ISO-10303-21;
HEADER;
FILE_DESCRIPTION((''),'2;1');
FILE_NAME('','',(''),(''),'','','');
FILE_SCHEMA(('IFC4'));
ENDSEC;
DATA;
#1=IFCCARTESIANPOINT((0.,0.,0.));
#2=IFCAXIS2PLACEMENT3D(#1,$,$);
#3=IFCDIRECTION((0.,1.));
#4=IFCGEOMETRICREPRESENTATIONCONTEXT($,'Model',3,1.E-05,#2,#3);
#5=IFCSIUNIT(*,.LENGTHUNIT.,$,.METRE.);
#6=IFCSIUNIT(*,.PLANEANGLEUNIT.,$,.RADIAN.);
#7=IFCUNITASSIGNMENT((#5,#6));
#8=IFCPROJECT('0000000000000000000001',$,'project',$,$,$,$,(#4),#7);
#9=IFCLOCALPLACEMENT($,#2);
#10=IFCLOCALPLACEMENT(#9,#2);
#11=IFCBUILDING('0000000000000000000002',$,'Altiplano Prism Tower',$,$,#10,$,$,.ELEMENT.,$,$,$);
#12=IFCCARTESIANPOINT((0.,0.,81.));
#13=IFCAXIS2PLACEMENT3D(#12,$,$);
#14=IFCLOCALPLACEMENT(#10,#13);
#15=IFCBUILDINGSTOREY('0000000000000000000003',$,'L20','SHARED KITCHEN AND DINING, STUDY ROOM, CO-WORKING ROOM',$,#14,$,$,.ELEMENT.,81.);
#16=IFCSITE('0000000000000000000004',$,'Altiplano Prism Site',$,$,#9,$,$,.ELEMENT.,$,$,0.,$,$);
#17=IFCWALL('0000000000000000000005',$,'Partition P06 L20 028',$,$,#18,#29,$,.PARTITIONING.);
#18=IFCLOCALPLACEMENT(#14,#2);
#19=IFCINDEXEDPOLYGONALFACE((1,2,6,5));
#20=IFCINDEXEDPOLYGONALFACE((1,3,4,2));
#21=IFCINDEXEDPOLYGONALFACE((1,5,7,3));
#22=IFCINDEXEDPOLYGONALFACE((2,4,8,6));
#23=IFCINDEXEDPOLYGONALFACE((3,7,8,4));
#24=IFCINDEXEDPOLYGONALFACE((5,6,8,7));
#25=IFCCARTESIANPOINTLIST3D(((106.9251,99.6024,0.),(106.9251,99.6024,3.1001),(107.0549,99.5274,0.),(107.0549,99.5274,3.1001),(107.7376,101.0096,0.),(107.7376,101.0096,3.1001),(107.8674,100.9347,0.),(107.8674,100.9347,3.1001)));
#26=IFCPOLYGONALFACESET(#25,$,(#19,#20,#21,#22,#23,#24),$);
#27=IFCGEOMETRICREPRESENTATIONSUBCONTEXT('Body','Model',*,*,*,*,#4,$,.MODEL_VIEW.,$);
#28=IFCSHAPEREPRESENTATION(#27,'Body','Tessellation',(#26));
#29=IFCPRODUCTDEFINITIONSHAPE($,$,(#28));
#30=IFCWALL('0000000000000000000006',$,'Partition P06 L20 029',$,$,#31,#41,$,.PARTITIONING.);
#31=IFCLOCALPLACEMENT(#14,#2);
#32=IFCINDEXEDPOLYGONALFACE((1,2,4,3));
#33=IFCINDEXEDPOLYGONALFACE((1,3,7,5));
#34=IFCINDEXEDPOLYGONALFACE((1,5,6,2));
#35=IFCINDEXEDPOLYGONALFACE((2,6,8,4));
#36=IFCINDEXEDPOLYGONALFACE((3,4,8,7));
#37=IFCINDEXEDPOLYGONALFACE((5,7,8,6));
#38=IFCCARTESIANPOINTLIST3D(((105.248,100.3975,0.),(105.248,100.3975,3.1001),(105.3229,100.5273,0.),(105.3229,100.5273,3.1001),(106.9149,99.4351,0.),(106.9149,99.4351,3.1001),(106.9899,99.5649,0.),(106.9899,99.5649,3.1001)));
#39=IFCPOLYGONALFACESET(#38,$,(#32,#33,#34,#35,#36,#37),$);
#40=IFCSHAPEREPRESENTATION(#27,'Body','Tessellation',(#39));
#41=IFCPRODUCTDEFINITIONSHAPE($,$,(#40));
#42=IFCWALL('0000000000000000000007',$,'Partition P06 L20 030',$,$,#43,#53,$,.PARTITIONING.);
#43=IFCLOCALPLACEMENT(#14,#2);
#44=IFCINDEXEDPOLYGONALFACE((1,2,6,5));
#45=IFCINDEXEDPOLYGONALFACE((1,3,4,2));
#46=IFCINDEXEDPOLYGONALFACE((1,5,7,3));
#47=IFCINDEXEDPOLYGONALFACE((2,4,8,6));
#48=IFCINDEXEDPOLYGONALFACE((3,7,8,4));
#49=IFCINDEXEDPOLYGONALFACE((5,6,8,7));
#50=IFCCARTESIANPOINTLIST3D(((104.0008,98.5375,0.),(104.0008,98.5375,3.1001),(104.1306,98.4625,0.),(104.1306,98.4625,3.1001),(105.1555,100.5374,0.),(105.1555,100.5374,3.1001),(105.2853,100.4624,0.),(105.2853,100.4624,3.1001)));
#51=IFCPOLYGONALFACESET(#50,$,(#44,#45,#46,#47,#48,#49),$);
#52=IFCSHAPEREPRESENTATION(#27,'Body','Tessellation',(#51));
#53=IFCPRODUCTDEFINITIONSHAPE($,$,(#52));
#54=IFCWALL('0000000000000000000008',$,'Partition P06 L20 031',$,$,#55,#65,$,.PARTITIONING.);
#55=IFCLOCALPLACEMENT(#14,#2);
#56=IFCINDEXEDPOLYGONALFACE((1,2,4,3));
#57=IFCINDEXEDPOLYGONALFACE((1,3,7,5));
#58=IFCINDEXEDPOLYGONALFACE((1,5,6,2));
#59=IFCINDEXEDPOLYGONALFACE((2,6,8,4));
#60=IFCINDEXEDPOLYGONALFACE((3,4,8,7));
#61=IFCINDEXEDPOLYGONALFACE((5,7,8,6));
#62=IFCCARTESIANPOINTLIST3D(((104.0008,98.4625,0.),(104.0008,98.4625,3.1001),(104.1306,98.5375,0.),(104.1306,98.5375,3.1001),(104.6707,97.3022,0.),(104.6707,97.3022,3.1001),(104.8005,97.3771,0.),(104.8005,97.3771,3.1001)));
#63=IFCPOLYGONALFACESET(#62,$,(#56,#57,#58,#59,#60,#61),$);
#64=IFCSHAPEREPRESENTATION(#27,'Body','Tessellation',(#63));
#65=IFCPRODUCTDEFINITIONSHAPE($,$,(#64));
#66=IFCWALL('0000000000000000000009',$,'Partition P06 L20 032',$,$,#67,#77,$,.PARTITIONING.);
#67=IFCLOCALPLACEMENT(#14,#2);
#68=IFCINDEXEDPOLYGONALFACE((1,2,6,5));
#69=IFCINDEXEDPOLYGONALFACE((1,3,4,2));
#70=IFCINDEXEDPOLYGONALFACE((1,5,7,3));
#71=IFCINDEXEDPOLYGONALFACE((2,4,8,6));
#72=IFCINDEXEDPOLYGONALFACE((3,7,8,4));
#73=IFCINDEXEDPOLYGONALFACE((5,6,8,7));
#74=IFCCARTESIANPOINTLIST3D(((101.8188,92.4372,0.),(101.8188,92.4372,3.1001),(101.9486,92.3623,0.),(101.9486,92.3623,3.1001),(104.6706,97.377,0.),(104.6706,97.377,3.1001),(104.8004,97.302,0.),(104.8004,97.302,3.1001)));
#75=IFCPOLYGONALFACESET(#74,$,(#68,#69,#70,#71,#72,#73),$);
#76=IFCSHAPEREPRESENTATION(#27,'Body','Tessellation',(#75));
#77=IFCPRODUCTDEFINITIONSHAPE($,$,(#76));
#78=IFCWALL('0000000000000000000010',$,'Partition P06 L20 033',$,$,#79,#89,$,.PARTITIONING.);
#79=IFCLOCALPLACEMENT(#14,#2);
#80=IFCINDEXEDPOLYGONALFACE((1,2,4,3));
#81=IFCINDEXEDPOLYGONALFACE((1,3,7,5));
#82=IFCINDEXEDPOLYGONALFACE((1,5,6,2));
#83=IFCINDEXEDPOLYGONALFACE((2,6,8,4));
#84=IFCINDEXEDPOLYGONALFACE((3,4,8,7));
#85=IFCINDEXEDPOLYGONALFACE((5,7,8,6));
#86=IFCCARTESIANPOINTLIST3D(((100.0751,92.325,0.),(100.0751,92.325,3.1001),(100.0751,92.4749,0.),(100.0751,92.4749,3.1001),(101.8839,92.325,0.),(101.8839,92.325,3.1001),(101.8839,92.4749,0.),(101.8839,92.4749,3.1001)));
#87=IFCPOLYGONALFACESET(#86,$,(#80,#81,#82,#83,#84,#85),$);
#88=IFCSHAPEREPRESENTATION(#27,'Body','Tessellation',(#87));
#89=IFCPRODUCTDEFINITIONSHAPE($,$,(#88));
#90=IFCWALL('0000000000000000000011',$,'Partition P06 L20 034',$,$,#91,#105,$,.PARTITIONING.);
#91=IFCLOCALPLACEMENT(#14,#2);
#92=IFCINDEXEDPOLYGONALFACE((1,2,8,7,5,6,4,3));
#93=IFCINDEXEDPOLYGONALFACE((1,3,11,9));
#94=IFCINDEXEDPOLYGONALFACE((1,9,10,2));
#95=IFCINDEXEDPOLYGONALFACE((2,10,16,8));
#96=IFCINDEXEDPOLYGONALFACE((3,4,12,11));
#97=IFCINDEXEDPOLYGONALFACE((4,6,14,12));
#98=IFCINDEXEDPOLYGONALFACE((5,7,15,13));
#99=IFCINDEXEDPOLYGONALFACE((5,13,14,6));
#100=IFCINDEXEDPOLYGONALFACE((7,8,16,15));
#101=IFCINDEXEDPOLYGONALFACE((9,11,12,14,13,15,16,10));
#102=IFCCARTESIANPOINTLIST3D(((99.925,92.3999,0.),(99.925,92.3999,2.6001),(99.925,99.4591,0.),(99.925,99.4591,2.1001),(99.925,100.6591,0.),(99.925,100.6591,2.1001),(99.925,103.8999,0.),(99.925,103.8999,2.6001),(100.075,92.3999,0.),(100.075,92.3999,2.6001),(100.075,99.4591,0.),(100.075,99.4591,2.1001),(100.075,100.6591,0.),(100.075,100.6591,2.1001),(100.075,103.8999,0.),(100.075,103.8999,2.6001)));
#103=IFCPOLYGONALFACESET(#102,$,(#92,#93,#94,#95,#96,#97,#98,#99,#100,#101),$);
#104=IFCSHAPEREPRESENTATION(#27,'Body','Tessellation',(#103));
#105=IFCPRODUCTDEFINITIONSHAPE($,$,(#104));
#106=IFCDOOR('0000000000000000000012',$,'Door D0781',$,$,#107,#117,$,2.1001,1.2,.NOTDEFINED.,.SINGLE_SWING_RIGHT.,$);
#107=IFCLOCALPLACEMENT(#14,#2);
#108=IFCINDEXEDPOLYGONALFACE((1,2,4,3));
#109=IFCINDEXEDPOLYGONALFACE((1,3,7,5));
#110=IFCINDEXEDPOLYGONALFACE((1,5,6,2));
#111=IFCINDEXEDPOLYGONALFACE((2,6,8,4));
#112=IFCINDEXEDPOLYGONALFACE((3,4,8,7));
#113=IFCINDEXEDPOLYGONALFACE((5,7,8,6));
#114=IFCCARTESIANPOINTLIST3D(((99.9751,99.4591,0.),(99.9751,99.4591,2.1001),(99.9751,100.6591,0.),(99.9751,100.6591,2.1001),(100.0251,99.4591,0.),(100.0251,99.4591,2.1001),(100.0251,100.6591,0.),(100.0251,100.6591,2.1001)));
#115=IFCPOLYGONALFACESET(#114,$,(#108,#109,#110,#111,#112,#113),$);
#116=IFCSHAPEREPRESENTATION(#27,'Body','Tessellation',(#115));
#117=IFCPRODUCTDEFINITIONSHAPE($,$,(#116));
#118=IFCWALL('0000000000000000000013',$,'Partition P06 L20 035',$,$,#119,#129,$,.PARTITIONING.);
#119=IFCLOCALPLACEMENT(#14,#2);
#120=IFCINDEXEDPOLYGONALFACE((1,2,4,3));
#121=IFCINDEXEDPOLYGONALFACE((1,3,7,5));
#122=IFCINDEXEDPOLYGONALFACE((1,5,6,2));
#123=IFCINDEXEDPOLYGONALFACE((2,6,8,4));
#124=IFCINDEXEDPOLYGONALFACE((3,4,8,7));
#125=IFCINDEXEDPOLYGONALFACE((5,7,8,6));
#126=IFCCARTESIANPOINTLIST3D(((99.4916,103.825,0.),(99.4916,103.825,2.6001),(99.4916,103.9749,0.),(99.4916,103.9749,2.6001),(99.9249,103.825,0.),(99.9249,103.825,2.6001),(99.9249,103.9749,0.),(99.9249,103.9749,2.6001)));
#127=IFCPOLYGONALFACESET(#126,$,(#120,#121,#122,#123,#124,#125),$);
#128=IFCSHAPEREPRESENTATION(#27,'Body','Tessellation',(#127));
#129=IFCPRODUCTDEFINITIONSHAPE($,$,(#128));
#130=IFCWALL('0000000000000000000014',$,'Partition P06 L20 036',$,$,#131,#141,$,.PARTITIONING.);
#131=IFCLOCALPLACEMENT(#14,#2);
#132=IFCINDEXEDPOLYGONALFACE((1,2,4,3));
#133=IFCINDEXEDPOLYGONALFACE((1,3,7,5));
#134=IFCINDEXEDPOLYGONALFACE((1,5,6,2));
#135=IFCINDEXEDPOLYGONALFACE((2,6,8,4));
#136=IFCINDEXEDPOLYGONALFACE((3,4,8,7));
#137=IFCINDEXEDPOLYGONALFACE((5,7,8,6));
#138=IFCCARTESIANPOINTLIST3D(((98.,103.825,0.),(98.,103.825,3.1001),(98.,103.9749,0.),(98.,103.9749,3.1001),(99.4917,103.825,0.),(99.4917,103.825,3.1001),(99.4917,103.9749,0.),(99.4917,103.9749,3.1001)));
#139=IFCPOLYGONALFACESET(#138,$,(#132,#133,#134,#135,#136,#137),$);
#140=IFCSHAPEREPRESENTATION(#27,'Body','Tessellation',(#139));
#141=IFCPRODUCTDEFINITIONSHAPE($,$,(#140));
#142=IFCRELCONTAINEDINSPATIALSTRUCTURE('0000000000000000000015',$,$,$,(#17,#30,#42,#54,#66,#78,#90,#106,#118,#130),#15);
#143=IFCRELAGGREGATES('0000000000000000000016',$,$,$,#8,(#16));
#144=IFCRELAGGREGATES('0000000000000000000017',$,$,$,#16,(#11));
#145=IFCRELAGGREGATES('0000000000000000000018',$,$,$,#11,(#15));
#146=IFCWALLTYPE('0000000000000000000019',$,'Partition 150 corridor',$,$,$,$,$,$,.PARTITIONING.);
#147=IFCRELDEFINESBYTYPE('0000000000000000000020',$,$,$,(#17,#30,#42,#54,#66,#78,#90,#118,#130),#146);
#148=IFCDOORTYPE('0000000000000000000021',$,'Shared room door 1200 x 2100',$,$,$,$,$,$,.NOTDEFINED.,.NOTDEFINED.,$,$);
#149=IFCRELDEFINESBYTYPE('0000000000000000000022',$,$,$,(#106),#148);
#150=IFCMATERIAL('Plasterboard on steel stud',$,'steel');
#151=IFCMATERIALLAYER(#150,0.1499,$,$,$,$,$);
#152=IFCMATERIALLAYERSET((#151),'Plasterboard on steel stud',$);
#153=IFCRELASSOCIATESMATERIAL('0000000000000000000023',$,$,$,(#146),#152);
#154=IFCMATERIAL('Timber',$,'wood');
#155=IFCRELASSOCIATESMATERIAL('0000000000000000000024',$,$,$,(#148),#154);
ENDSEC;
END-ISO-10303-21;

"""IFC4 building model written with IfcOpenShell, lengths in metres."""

from ifc_helpers import new_model, si_unit, direction, frame, frame_2d, origin, place, context, subcontext, project, spatial, rectangle, extrude, material, layer, layer_set, type_object, element, fill, save


model = new_model("IFC4")

# Units and contexts
model_context = context("Model", 3, precision=1e-05, world=origin(), true_north=direction((0.0, 1.0)))
body_context = subcontext(model_context, "Body", "Model", "MODEL_VIEW")
ifc_project = project(units=[si_unit("LENGTHUNIT", "METRE"), si_unit("PLANEANGLEUNIT", "RADIAN")], contexts=[model_context])

# Site, building, storey
site_placement = place(None, origin())
site = spatial("IfcSite", under=ifc_project, at=site_placement, Name="Altiplano Prism Site", CompositionType="ELEMENT", RefElevation=0.0)
building_placement = place(site_placement, origin())
building = spatial("IfcBuilding", under=site, at=building_placement, Name="Altiplano Prism Tower", CompositionType="ELEMENT")
storey_placement = place(building_placement, frame((0.0, 0.0, 81.0)))
storey = spatial("IfcBuildingStorey", under=building, at=storey_placement, Name="L20", Description="SHARED KITCHEN AND DINING, STUDY ROOM, CO-WORKING ROOM", CompositionType="ELEMENT", Elevation=81.0)

# Shared definitions
ifc_material_1 = material(Name="Plasterboard on steel stud", Category="steel")

# Shared definitions
ifc_layer_1 = layer(ifc_material_1, 0.1499)
ifc_layer_set_1 = layer_set([ifc_layer_1], Name="Plasterboard on steel stud")
wall_type_1 = type_object("IfcWallType", Name="Partition 150 corridor", PredefinedType="PARTITIONING", material=ifc_layer_set_1)
ifc_material_2 = material(Name="Timber", Category="wood")
door_type_1 = type_object("IfcDoorType", Name="Shared room door 1200 x 2100", OperationType="NOTDEFINED", PredefinedType="NOTDEFINED", material=ifc_material_2)

# Walls
for number, where, z_axis, x_axis, name in (
    (1, (107.8025, 100.9722, 0.0), (0.0, 0.0, 1.0), (-0.500017, -0.866015, 0.0), "Partition P06 L20 028"),
):
    element("IfcWall", number, at=place(storey_placement, frame(where, z_axis=z_axis, x_axis=x_axis)), inside=storey, type_object=wall_type_1, Name=name, PredefinedType="PARTITIONING", context=body_context, shape_type="SweptSolid", body=[
        extrude(rectangle(XDim=1.625, YDim=0.1499, at=frame_2d((0.8125, 0.0))), origin(), (0.0, 0.0, 1.0), 3.1001),
    ])
wall_1_placement = place(storey_placement, frame((106.9524, 99.5, 0.0), z_axis=(0.0, 0.0, 1.0), x_axis=(-0.866034, 0.499986, 0.0)))
element("IfcWall", 2, at=wall_1_placement, inside=storey, type_object=wall_type_1, Name="Partition P06 L20 029", PredefinedType="PARTITIONING", context=body_context, shape_type="SweptSolid", body=[
    extrude(rectangle(XDim=1.9248, YDim=0.1499, at=frame_2d((0.9624, 0.0))), origin(), (0.0, 0.0, 1.0), 3.1001),
])
wall_2_placement = place(storey_placement, frame((105.2205, 100.5, 0.0), z_axis=(0.0, 0.0, 1.0), x_axis=(-0.500027, -0.86601, 0.0)))
element("IfcWall", 3, at=wall_2_placement, inside=storey, type_object=wall_type_1, Name="Partition P06 L20 030", PredefinedType="PARTITIONING", context=body_context, shape_type="SweptSolid", body=[
    extrude(rectangle(XDim=2.3093, YDim=0.1499, at=frame_2d((1.1548, 0.0))), origin(), (0.0, 0.0, 1.0), 3.1001),
])
wall_3_placement = place(storey_placement, frame((104.0657, 98.5, 0.0), z_axis=(0.0, 0.0, 1.0), x_axis=(0.49998, -0.866037, 0.0)))
element("IfcWall", 4, at=wall_3_placement, inside=storey, type_object=wall_type_1, Name="Partition P06 L20 031", PredefinedType="PARTITIONING", context=body_context, shape_type="SweptSolid", body=[
    extrude(rectangle(XDim=1.3398, YDim=0.1499, at=frame_2d((0.6699, 0.0))), origin(), (0.0, 0.0, 1.0), 3.1001),
])
wall_4_placement = place(storey_placement, frame((104.7356, 97.3396, 0.0), z_axis=(0.0, 0.0, 1.0), x_axis=(-0.499983, -0.866035, 0.0)))
element("IfcWall", 5, at=wall_4_placement, inside=storey, type_object=wall_type_1, Name="Partition P06 L20 032", PredefinedType="PARTITIONING", context=body_context, shape_type="SweptSolid", body=[
    extrude(rectangle(XDim=5.7039, YDim=0.1499, at=frame_2d((2.8521, 0.0))), origin(), (0.0, 0.0, 1.0), 3.1001),
])
wall_5_placement = place(storey_placement, frame((101.8838, 92.3999, 0.0), z_axis=(0.0, 0.0, 1.0), x_axis=(-1.0, 0.0, 0.0)))
element("IfcWall", 6, at=wall_5_placement, inside=storey, type_object=wall_type_1, Name="Partition P06 L20 033", PredefinedType="PARTITIONING", context=body_context, shape_type="SweptSolid", body=[
    extrude(rectangle(XDim=1.8088, YDim=0.1499, at=frame_2d((0.9043, 0.0))), origin(), (0.0, 0.0, 1.0), 3.1001),
])

# Wall, opening, door
wall_6_placement = place(storey_placement, frame((100.0, 92.3999, 0.0), z_axis=(0.0, 0.0, 1.0), x_axis=(0.0, 1.0, 0.0)))
wall_6 = element("IfcWall", 7, at=wall_6_placement, inside=storey, type_object=wall_type_1, Name="Partition P06 L20 034", PredefinedType="PARTITIONING", context=body_context, shape_type="SweptSolid", body=[
    extrude(rectangle(XDim=11.5, YDim=0.1499, at=frame_2d((5.75, 0.0))), origin(), (0.0, 0.0, 1.0), 2.6001),
])
opening_1_placement = place(wall_6_placement, frame((7.0591, 0.0, 0.0)))
opening_1 = element("IfcOpeningElement", 8, at=opening_1_placement, cuts=wall_6, PredefinedType="OPENING", context=body_context, shape_type="SweptSolid", body=[
    extrude(rectangle(XDim=1.2, YDim=2.1001, at=frame_2d((0.6001, 1.05))), frame((0.0, 0.0854, 0.0), z_axis=(0.0, -1.0, 0.0), x_axis=(1.0, 0.0, 0.0)), (0.0, 0.0, 1.0), 0.1709),
])
door_1_placement = place(opening_1_placement, origin())
door_1 = element("IfcDoor", 9, at=door_1_placement, inside=storey, type_object=door_type_1, Name="Door D0781", OperationType="SINGLE_SWING_RIGHT", OverallHeight=2.1001, OverallWidth=1.2, PredefinedType="NOTDEFINED", context=body_context, shape_type="SweptSolid", body=[
    extrude(rectangle(XDim=1.2, YDim=2.1001, at=frame_2d((0.6001, 1.05))), frame((0.0, 0.0249, 0.0), z_axis=(0.0, -1.0, 0.0), x_axis=(1.0, 0.0, 0.0)), (0.0, 0.0, 1.0), 0.05),
])
fill(opening_1, door_1)

# Walls
wall_7_placement = place(storey_placement, frame((99.925, 103.8999, 0.0), z_axis=(0.0, 0.0, 1.0), x_axis=(-1.0, 0.0, 0.0)))
element("IfcWall", 10, at=wall_7_placement, inside=storey, type_object=wall_type_1, Name="Partition P06 L20 035", PredefinedType="PARTITIONING", context=body_context, shape_type="SweptSolid", body=[
    extrude(rectangle(XDim=0.4333, YDim=0.1499, at=frame_2d((0.2168, 0.0))), origin(), (0.0, 0.0, 1.0), 2.6001),
])
wall_8_placement = place(storey_placement, frame((99.4917, 103.8999, 0.0), z_axis=(0.0, 0.0, 1.0), x_axis=(-1.0, 0.0, 0.0)))
element("IfcWall", 11, at=wall_8_placement, inside=storey, type_object=wall_type_1, Name="Partition P06 L20 036", PredefinedType="PARTITIONING", context=body_context, shape_type="SweptSolid", body=[
    extrude(rectangle(XDim=1.4917, YDim=0.1499, at=frame_2d((0.7458, 0.0))), origin(), (0.0, 0.0, 1.0), 3.1001),
])

save(model, "model.ifc")
